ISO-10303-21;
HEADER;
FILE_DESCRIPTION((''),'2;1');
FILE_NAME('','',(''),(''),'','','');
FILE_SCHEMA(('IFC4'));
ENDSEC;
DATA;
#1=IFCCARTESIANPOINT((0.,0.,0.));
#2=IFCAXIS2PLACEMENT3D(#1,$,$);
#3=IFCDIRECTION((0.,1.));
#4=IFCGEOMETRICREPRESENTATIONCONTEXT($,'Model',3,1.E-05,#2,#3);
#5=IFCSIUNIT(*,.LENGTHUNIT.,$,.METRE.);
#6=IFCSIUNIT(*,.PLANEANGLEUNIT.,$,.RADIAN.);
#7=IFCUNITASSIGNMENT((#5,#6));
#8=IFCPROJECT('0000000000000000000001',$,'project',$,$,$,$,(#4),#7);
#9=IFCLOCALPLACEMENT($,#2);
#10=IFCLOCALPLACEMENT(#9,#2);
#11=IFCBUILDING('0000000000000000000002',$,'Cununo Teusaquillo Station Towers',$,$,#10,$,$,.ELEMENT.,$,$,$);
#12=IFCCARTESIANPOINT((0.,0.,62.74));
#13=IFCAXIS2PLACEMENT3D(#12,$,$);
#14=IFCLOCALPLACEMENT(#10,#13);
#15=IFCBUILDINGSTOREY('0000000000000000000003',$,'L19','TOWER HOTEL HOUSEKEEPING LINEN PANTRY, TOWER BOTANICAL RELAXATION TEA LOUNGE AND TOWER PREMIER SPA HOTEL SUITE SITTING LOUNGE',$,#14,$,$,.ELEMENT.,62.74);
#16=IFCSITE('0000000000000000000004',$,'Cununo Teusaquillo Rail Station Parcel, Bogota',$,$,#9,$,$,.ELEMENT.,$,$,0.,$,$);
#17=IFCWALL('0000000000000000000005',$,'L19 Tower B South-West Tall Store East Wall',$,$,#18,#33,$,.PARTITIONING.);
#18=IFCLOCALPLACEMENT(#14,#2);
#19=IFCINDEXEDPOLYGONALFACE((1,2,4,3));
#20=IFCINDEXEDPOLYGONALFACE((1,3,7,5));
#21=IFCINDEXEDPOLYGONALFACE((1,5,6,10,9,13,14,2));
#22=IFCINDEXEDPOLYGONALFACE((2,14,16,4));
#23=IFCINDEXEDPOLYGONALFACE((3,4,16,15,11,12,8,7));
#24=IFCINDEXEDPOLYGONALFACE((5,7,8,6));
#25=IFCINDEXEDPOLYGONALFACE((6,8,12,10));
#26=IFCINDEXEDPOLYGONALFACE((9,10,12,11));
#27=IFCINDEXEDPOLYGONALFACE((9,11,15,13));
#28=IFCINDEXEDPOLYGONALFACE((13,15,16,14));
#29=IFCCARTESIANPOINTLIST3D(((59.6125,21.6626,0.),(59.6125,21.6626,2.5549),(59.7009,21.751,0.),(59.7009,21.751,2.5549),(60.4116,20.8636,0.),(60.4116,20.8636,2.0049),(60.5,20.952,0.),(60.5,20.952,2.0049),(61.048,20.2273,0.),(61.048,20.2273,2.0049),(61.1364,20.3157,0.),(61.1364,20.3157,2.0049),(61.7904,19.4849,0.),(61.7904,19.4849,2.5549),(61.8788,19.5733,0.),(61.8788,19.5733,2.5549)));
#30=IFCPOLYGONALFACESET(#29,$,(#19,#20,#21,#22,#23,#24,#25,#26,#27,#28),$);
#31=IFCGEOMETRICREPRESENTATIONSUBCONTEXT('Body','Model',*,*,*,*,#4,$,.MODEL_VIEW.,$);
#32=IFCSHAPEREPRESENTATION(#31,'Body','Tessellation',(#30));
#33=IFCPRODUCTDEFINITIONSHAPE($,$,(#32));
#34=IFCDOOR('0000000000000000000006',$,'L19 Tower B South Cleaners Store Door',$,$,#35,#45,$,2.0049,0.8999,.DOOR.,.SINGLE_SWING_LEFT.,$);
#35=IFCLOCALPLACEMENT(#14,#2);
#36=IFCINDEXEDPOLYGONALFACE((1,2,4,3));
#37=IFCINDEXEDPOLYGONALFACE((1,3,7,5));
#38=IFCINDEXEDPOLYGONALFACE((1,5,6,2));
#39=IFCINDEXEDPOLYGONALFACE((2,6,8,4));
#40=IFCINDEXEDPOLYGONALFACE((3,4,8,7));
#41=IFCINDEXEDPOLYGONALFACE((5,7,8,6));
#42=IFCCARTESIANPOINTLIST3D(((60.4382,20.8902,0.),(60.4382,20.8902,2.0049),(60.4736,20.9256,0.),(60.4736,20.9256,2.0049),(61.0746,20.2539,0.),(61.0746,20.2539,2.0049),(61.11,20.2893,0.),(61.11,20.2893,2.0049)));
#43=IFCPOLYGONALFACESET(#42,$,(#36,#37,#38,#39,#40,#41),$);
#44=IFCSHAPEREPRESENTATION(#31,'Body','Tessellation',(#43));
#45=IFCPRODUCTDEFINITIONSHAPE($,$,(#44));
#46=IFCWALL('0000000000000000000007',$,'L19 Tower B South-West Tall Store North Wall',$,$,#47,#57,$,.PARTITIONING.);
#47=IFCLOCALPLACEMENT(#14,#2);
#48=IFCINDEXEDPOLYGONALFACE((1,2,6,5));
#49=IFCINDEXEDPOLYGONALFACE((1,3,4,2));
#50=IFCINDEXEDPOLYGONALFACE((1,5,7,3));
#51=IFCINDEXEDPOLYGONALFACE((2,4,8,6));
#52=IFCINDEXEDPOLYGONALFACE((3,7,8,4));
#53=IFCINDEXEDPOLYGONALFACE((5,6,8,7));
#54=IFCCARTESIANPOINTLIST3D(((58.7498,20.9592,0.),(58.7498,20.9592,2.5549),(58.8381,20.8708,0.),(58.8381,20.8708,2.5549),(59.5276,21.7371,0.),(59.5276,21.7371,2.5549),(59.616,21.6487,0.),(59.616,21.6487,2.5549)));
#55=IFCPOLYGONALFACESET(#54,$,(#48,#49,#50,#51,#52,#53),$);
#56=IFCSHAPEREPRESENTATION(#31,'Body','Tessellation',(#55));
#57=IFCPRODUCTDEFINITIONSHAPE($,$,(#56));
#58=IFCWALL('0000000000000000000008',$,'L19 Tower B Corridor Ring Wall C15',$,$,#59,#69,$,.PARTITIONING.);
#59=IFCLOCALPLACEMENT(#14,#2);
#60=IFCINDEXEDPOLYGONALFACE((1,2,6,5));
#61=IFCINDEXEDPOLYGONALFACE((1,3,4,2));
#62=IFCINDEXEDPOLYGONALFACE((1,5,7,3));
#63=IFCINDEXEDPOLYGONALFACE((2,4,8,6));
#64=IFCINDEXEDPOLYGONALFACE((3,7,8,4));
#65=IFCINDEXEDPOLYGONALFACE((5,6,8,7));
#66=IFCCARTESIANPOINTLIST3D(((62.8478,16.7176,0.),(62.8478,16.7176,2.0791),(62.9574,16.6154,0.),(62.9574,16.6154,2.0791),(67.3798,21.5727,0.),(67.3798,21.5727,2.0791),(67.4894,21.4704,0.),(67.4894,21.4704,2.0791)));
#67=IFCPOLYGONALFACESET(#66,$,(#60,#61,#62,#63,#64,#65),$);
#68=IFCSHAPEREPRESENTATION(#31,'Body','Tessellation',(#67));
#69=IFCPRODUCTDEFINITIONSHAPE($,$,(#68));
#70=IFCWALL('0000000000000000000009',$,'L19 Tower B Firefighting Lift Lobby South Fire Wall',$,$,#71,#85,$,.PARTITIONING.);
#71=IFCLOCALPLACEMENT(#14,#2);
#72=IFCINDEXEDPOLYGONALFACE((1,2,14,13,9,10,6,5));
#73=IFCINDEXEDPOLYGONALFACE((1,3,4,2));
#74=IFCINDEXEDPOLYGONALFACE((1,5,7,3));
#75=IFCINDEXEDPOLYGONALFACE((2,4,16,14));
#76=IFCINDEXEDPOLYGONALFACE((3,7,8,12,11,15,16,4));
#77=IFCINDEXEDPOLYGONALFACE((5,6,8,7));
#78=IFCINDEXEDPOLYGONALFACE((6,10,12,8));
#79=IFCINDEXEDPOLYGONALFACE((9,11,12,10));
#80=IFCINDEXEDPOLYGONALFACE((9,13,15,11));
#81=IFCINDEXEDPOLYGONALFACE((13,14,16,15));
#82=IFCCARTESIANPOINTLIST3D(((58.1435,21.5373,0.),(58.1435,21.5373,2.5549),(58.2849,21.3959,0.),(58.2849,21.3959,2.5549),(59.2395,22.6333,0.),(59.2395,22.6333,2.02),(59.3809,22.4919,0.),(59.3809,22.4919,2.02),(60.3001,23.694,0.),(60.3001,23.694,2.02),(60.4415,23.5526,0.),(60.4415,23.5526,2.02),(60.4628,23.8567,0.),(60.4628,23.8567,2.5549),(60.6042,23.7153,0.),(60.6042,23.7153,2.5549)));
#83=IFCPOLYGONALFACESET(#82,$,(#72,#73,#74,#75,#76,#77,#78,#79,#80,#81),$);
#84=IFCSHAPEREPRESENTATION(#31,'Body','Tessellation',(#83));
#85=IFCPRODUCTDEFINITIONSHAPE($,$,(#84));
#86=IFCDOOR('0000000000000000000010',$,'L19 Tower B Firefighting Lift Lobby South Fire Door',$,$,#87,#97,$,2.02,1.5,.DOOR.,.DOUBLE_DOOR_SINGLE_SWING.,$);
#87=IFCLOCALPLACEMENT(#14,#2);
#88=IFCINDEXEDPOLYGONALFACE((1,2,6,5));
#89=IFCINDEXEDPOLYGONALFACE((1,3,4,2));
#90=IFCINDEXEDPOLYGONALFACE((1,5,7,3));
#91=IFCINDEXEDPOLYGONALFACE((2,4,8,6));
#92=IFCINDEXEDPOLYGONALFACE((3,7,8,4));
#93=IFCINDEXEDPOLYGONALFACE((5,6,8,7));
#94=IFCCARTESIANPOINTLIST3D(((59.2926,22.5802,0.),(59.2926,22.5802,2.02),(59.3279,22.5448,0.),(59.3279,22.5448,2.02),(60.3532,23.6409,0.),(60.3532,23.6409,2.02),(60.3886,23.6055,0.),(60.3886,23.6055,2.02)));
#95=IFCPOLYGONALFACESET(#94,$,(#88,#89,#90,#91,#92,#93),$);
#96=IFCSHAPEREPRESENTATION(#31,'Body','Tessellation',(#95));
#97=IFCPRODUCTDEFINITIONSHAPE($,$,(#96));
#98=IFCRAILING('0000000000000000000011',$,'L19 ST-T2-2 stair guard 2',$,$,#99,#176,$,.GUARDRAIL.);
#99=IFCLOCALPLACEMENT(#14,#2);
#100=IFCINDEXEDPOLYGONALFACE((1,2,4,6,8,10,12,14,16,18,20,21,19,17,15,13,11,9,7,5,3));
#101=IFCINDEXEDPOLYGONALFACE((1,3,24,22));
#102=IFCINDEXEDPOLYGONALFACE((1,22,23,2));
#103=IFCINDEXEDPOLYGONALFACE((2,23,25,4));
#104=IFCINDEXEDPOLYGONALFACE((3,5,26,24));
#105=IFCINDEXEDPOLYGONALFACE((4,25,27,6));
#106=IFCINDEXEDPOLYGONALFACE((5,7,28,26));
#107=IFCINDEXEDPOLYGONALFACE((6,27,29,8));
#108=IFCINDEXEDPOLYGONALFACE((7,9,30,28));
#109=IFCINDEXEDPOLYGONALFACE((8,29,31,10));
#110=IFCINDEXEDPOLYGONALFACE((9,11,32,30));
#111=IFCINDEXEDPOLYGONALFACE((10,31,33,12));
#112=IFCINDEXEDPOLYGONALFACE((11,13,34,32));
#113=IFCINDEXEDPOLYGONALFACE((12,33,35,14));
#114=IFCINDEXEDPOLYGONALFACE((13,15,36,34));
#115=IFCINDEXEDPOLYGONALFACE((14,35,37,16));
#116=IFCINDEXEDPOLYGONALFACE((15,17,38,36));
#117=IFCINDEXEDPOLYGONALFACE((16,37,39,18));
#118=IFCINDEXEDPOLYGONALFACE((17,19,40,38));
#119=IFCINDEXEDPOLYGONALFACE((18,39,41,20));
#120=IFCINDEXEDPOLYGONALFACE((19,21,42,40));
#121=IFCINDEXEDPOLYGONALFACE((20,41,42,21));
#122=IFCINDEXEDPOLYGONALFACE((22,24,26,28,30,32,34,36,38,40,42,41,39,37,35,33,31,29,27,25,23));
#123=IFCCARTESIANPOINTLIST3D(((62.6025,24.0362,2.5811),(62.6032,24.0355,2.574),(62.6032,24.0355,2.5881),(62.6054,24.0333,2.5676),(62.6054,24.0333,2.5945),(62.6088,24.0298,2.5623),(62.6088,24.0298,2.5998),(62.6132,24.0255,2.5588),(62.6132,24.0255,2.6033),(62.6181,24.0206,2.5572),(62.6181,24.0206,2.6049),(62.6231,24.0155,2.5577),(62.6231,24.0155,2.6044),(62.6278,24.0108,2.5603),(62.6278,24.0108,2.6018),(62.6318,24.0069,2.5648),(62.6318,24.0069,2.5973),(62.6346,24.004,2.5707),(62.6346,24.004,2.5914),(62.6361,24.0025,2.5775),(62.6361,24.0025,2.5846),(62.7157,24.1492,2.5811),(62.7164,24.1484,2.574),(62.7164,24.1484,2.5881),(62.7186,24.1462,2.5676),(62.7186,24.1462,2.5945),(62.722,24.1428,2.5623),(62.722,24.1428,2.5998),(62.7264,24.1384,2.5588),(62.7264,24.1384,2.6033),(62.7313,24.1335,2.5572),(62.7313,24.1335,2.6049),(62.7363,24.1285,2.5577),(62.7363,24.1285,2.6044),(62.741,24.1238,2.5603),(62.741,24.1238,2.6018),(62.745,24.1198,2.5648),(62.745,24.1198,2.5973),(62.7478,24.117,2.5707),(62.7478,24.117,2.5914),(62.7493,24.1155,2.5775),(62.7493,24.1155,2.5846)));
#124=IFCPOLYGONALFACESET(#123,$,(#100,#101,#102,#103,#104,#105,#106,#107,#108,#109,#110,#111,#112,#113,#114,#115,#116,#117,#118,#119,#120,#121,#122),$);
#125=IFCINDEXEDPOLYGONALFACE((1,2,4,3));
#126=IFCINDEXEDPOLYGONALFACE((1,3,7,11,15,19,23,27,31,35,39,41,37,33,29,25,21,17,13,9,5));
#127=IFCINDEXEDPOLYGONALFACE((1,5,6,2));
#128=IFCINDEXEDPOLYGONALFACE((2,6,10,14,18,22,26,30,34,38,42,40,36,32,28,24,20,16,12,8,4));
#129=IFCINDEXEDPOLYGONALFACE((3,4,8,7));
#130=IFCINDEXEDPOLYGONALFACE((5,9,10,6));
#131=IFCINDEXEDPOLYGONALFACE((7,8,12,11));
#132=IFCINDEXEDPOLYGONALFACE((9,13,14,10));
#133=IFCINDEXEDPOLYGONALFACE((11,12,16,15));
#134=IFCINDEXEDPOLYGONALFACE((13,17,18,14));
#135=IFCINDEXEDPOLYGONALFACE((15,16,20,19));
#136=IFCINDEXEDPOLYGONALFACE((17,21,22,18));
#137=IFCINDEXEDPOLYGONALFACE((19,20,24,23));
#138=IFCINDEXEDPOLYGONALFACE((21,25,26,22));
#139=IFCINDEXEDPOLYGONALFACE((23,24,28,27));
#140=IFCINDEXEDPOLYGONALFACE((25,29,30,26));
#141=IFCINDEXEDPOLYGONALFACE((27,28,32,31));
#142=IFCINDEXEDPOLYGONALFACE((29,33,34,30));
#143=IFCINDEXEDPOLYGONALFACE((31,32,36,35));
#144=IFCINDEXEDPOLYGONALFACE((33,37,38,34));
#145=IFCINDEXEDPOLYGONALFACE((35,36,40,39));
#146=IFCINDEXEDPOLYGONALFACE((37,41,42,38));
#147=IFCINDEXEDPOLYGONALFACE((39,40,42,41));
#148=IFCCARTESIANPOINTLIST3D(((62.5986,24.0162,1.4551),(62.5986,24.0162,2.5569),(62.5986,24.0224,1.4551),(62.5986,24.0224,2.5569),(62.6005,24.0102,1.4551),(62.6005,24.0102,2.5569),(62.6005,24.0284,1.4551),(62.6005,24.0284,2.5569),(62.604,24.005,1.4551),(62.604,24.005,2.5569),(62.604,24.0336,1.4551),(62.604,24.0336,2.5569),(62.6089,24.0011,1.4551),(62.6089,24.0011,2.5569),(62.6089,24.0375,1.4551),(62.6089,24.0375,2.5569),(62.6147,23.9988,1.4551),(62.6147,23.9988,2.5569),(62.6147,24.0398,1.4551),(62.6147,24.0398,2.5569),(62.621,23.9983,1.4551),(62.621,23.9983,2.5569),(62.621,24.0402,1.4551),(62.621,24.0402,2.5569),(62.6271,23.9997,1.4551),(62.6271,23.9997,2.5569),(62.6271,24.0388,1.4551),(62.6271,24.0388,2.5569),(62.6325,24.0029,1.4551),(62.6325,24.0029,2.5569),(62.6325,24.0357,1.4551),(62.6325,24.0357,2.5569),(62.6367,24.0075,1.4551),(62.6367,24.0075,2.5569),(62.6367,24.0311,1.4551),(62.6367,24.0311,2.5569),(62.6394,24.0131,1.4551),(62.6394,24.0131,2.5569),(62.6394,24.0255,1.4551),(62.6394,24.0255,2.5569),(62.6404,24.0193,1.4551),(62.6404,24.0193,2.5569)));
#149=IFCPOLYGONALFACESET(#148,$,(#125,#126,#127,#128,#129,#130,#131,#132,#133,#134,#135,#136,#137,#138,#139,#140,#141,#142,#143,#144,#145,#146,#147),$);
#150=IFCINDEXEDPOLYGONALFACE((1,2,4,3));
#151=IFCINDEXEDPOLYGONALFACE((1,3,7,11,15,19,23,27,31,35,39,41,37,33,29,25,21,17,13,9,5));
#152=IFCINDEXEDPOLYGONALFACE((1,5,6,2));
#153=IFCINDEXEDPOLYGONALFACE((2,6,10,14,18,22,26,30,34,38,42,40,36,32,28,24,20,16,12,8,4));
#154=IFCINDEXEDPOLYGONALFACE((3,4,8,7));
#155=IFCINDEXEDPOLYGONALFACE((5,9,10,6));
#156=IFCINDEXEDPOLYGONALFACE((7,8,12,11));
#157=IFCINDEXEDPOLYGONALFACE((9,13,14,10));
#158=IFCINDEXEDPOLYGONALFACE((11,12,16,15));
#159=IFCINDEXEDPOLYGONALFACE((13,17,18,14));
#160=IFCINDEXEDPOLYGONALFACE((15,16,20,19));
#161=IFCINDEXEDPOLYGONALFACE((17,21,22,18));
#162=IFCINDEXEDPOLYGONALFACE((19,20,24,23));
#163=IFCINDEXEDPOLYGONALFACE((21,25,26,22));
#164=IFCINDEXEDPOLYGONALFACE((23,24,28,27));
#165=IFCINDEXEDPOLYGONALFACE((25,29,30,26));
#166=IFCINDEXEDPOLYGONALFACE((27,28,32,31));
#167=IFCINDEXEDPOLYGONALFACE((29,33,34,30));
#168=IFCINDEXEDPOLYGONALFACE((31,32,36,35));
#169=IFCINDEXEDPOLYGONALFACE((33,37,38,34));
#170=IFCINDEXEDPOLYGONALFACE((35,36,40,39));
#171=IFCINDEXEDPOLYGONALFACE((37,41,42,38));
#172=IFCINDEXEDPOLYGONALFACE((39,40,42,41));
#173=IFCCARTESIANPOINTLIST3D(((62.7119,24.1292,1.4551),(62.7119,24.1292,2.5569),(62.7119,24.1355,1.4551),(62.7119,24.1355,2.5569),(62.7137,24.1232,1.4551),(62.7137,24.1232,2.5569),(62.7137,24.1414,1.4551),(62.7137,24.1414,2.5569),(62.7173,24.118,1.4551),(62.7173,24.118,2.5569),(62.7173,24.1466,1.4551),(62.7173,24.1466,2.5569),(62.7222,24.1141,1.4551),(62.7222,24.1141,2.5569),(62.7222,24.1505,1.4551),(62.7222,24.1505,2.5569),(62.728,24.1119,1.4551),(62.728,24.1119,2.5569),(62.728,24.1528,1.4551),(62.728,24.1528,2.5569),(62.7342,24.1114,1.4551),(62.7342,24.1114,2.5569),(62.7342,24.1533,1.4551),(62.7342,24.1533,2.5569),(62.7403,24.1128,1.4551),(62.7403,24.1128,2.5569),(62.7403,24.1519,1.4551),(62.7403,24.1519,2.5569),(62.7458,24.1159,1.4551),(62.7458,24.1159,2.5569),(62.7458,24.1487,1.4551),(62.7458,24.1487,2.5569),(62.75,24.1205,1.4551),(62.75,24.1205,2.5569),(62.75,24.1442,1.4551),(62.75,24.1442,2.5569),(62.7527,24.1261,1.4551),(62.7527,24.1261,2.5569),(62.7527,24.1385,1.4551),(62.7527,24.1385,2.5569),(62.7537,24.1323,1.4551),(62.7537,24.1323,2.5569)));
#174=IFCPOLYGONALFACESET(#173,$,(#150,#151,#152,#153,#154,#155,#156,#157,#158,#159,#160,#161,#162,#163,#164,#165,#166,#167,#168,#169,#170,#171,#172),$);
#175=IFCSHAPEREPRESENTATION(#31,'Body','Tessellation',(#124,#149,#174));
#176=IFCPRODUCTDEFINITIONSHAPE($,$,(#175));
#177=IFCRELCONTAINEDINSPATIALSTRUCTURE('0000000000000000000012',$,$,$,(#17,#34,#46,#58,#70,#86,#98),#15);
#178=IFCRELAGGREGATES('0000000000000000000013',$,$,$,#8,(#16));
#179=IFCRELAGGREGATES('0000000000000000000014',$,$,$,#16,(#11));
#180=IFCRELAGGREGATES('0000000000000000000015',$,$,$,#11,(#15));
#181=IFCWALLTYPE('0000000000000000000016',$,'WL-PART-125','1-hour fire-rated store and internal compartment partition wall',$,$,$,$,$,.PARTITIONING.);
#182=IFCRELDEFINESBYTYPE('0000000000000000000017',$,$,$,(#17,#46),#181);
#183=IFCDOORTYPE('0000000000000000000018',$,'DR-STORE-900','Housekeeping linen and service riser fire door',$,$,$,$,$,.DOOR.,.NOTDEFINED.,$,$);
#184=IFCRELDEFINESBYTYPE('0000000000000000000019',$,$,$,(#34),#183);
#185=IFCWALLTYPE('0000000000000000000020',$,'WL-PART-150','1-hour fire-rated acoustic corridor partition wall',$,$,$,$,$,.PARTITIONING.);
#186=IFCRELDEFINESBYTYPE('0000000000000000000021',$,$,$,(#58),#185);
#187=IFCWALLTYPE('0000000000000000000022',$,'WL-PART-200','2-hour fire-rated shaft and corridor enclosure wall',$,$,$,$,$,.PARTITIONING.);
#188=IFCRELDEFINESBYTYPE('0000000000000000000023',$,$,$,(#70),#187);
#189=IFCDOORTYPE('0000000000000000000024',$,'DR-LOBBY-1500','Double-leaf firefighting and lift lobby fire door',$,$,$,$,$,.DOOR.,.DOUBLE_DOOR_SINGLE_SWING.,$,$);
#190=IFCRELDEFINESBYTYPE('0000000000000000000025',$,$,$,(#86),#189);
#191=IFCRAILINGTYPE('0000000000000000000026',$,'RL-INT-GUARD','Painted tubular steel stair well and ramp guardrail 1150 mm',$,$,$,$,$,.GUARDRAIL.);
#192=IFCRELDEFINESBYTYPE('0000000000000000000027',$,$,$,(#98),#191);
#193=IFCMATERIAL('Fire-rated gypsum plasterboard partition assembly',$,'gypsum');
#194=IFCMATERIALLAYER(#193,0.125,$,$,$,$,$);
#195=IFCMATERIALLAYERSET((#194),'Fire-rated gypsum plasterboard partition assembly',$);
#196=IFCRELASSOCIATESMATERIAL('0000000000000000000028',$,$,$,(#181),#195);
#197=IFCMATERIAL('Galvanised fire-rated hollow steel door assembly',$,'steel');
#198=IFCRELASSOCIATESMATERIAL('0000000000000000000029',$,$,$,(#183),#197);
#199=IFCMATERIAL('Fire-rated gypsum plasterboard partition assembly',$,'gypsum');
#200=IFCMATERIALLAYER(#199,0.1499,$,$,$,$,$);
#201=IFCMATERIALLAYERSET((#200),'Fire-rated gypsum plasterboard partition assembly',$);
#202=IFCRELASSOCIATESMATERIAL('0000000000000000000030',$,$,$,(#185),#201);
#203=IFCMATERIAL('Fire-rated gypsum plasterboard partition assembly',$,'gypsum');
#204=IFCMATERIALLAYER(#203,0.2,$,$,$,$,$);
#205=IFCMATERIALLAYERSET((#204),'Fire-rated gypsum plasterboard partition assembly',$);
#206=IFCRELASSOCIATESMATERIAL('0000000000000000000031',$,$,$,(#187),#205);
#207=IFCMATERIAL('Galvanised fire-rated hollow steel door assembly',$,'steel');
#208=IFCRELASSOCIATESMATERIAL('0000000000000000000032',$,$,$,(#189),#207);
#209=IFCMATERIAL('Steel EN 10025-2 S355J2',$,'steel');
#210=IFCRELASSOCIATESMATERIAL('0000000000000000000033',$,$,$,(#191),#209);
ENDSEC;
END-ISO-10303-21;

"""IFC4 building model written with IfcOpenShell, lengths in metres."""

from ifc_helpers import new_model, si_unit, direction, frame, frame_2d, origin, origin_2d, place, context, subcontext, project, spatial, rectangle, circle, extrude, source, transform, mapped, material, layer, layer_set, type_object, element, fill, save


model = new_model("IFC4")

# Units and contexts
model_context = context("Model", 3, precision=1e-05, world=origin(), true_north=direction((0.0, 1.0)))
body_context = subcontext(model_context, "Body", "Model", "MODEL_VIEW")
ifc_project = project(units=[si_unit("LENGTHUNIT", "METRE"), si_unit("PLANEANGLEUNIT", "RADIAN")], contexts=[model_context])

# Site, building, storey
site_placement = place(None, origin())
site = spatial("IfcSite", under=ifc_project, at=site_placement, Name="Cununo Teusaquillo Rail Station Parcel, Bogota", CompositionType="ELEMENT", RefElevation=0.0)
building_placement = place(site_placement, origin())
building = spatial("IfcBuilding", under=site, at=building_placement, Name="Cununo Teusaquillo Station Towers", CompositionType="ELEMENT")
storey_placement = place(building_placement, frame((0.0, 0.0, 62.74)))
storey = spatial("IfcBuildingStorey", under=building, at=storey_placement, Name="L19", Description="TOWER HOTEL HOUSEKEEPING LINEN PANTRY, TOWER BOTANICAL RELAXATION TEA LOUNGE AND TOWER PREMIER SPA HOTEL SUITE SITTING LOUNGE", CompositionType="ELEMENT", Elevation=62.74)

# Wall, opening, door
ifc_material_1 = material(Name="Fire-rated gypsum plasterboard partition assembly", Category="gypsum")
ifc_layer_1 = layer(ifc_material_1, 0.125)
ifc_layer_set_1 = layer_set([ifc_layer_1], Name="Fire-rated gypsum plasterboard partition assembly")
wall_type_1 = type_object("IfcWallType", Name="WL-PART-125", Description="1-hour fire-rated store and internal compartment partition wall", PredefinedType="PARTITIONING", material=ifc_layer_set_1)
wall_1_placement = place(storey_placement, frame((61.8347, 19.5291, 0.0), z_axis=(0.0, 0.0, 1.0), x_axis=(-0.707146, 0.707067, 0.0)))
wall_1 = element("IfcWall", 1, at=wall_1_placement, inside=storey, type_object=wall_type_1, Name="L19 Tower B South-West Tall Store East Wall", PredefinedType="PARTITIONING", context=body_context, shape_type="SweptSolid", body=[
    extrude(rectangle(XDim=3.0798, YDim=0.125, at=frame_2d((1.54, 0.0))), origin(), (0.0, 0.0, 1.0), 2.5549),
])
shared_shape_1 = source(origin(), body_context, "Body", "SweptSolid", [
    extrude(rectangle(XDim=0.8999, YDim=2.0049, at=frame_2d((0.45, 1.0024))), frame((0.0, 0.0725, 0.0), z_axis=(0.0, -1.0, 0.0), x_axis=(1.0, 0.0, 0.0)), (0.0, 0.0, 1.0), 0.145),
])
opening_1_placement = place(wall_1_placement, frame((1.05, 0.0, 0.0)))
opening_1 = element("IfcOpeningElement", 2, at=opening_1_placement, cuts=wall_1, PredefinedType="OPENING", context=body_context, shape_type="MappedRepresentation", body=[
    mapped(shared_shape_1, transform((0.0, 0.0, 0.0), x_axis=(1.0, 0.0, 0.0), y_axis=(0.0, 1.0, 0.0), z_axis=(0.0, 0.0, 1.0), scale=1.0)),
])
ifc_material_2 = material(Name="Galvanised fire-rated hollow steel door assembly", Category="steel")
door_type_1 = type_object("IfcDoorType", Name="DR-STORE-900", Description="Housekeeping linen and service riser fire door", OperationType="NOTDEFINED", PredefinedType="DOOR", material=ifc_material_2)
shared_shape_2 = source(origin(), body_context, "Body", "SweptSolid", [
    extrude(rectangle(XDim=0.8999, YDim=2.0049, at=frame_2d((0.45, 1.0024))), frame((0.0, 0.0249, 0.0), z_axis=(0.0, -1.0, 0.0), x_axis=(1.0, 0.0, 0.0)), (0.0, 0.0, 1.0), 0.05),
])
door_1_placement = place(opening_1_placement, origin())
door_1 = element("IfcDoor", 3, at=door_1_placement, inside=storey, type_object=door_type_1, Name="L19 Tower B South Cleaners Store Door", OperationType="SINGLE_SWING_LEFT", OverallHeight=2.0049, OverallWidth=0.8999, PredefinedType="DOOR", context=body_context, shape_type="MappedRepresentation", body=[
    mapped(shared_shape_2, transform((0.0, 0.0, 0.0), x_axis=(1.0, 0.0, 0.0), y_axis=(0.0, 1.0, 0.0), z_axis=(0.0, 0.0, 1.0), scale=1.0)),
])
fill(opening_1, door_1)

# Walls
wall_2_placement = place(storey_placement, frame((58.7939, 20.915, 0.0), z_axis=(0.0, 0.0, 1.0), x_axis=(0.707107, 0.707107, 0.0)))
element("IfcWall", 4, at=wall_2_placement, inside=storey, type_object=wall_type_1, Name="L19 Tower B South-West Tall Store North Wall", PredefinedType="PARTITIONING", context=body_context, shape_type="SweptSolid", body=[
    extrude(rectangle(XDim=1.1001, YDim=0.125, at=frame_2d((0.55, 0.0))), origin(), (0.0, 0.0, 1.0), 2.5549),
])
ifc_material_3 = material(Name="Fire-rated gypsum plasterboard partition assembly", Category="gypsum")
ifc_layer_2 = layer(ifc_material_3, 0.1499)
ifc_layer_set_2 = layer_set([ifc_layer_2], Name="Fire-rated gypsum plasterboard partition assembly")
wall_type_2 = type_object("IfcWallType", Name="WL-PART-150", Description="1-hour fire-rated acoustic corridor partition wall", PredefinedType="PARTITIONING", material=ifc_layer_set_2)
wall_3_placement = place(storey_placement, frame((62.9026, 16.6665, 0.0), z_axis=(0.0, 0.0, 1.0), x_axis=(0.682372, 0.731005, 0.0)))
element("IfcWall", 5, at=wall_3_placement, inside=storey, type_object=wall_type_2, Name="L19 Tower B Corridor Ring Wall C15", PredefinedType="PARTITIONING", context=body_context, shape_type="SweptSolid", body=[
    extrude(rectangle(XDim=6.6416, YDim=0.1499, at=frame_2d((3.3208, 0.0))), origin(), (0.0, 0.0, 1.0), 2.0791),
])

# Wall, opening, door
ifc_material_4 = material(Name="Fire-rated gypsum plasterboard partition assembly", Category="gypsum")
ifc_layer_3 = layer(ifc_material_4, 0.2)
ifc_layer_set_3 = layer_set([ifc_layer_3], Name="Fire-rated gypsum plasterboard partition assembly")
wall_type_3 = type_object("IfcWallType", Name="WL-PART-200", Description="2-hour fire-rated shaft and corridor enclosure wall", PredefinedType="PARTITIONING", material=ifc_layer_set_3)
wall_4_placement = place(storey_placement, frame((58.2141, 21.4666, 0.0), z_axis=(0.0, 0.0, 1.0), x_axis=(0.707107, 0.707107, 0.0)))
wall_4 = element("IfcWall", 6, at=wall_4_placement, inside=storey, type_object=wall_type_3, Name="L19 Tower B Firefighting Lift Lobby South Fire Wall", PredefinedType="PARTITIONING", context=body_context, shape_type="SweptSolid", body=[
    extrude(rectangle(XDim=3.28, YDim=0.2, at=frame_2d((1.6401, 0.0))), origin(), (0.0, 0.0, 1.0), 2.5549),
])
shared_shape_3 = source(origin(), body_context, "Body", "SweptSolid", [
    extrude(rectangle(XDim=1.5, YDim=2.02, at=frame_2d((0.75, 1.01))), frame((0.0, 0.1099, 0.0), z_axis=(0.0, -1.0, 0.0), x_axis=(1.0, 0.0, 0.0)), (0.0, 0.0, 1.0), 0.22),
])
opening_2_placement = place(wall_4_placement, frame((1.55, 0.0, 0.0)))
opening_2 = element("IfcOpeningElement", 7, at=opening_2_placement, cuts=wall_4, PredefinedType="OPENING", context=body_context, shape_type="MappedRepresentation", body=[
    mapped(shared_shape_3, transform((0.0, 0.0, 0.0), x_axis=(1.0, 0.0, 0.0), y_axis=(0.0, 1.0, 0.0), z_axis=(0.0, 0.0, 1.0), scale=1.0)),
])
ifc_material_5 = material(Name="Galvanised fire-rated hollow steel door assembly", Category="steel")
door_type_2 = type_object("IfcDoorType", Name="DR-LOBBY-1500", Description="Double-leaf firefighting and lift lobby fire door", OperationType="DOUBLE_DOOR_SINGLE_SWING", PredefinedType="DOOR", material=ifc_material_5)
shared_shape_4 = source(origin(), body_context, "Body", "SweptSolid", [
    extrude(rectangle(XDim=1.5, YDim=2.02, at=frame_2d((0.75, 1.01))), frame((0.0, 0.0249, 0.0), z_axis=(0.0, -1.0, 0.0), x_axis=(1.0, 0.0, 0.0)), (0.0, 0.0, 1.0), 0.05),
])
door_2_placement = place(opening_2_placement, origin())
door_2 = element("IfcDoor", 8, at=door_2_placement, inside=storey, type_object=door_type_2, Name="L19 Tower B Firefighting Lift Lobby South Fire Door", OperationType="DOUBLE_DOOR_SINGLE_SWING", OverallHeight=2.02, OverallWidth=1.5, PredefinedType="DOOR", context=body_context, shape_type="MappedRepresentation", body=[
    mapped(shared_shape_4, transform((0.0, 0.0, 0.0), x_axis=(1.0, 0.0, 0.0), y_axis=(0.0, 1.0, 0.0), z_axis=(0.0, 0.0, 1.0), scale=1.0)),
])
fill(opening_2, door_2)

# Railing
ifc_material_6 = material(Name="Steel EN 10025-2 S355J2", Category="steel")
railing_type = type_object("IfcRailingType", Name="RL-INT-GUARD", Description="Painted tubular steel stair well and ramp guardrail 1150 mm", PredefinedType="GUARDRAIL", material=ifc_material_6)
railing_1_placement = place(storey_placement, frame((62.6194, 24.0193, 1.4551)))
element("IfcRailing", 9, at=railing_1_placement, inside=storey, type_object=railing_type, Name="L19 ST-T2-2 stair guard 2", PredefinedType="GUARDRAIL", context=body_context, shape_type="SweptSolid", body=[
    extrude(circle(Radius=0.0239, at=origin_2d()), frame((0.0, 0.0, 1.126), z_axis=(0.707869, 0.706344, 0.0), x_axis=(-0.706344, 0.707869, 0.0)), (0.0, 0.0, 1.0), 0.1599),
    extrude(circle(Radius=0.021, at=origin_2d()), origin(), (0.0, 0.0, 1.0), 1.1018),
    extrude(circle(Radius=0.021, at=origin_2d()), frame((0.1133, 0.113, 0.0)), (0.0, 0.0, 1.0), 1.1018),
])

save(model, "model.ifc")
